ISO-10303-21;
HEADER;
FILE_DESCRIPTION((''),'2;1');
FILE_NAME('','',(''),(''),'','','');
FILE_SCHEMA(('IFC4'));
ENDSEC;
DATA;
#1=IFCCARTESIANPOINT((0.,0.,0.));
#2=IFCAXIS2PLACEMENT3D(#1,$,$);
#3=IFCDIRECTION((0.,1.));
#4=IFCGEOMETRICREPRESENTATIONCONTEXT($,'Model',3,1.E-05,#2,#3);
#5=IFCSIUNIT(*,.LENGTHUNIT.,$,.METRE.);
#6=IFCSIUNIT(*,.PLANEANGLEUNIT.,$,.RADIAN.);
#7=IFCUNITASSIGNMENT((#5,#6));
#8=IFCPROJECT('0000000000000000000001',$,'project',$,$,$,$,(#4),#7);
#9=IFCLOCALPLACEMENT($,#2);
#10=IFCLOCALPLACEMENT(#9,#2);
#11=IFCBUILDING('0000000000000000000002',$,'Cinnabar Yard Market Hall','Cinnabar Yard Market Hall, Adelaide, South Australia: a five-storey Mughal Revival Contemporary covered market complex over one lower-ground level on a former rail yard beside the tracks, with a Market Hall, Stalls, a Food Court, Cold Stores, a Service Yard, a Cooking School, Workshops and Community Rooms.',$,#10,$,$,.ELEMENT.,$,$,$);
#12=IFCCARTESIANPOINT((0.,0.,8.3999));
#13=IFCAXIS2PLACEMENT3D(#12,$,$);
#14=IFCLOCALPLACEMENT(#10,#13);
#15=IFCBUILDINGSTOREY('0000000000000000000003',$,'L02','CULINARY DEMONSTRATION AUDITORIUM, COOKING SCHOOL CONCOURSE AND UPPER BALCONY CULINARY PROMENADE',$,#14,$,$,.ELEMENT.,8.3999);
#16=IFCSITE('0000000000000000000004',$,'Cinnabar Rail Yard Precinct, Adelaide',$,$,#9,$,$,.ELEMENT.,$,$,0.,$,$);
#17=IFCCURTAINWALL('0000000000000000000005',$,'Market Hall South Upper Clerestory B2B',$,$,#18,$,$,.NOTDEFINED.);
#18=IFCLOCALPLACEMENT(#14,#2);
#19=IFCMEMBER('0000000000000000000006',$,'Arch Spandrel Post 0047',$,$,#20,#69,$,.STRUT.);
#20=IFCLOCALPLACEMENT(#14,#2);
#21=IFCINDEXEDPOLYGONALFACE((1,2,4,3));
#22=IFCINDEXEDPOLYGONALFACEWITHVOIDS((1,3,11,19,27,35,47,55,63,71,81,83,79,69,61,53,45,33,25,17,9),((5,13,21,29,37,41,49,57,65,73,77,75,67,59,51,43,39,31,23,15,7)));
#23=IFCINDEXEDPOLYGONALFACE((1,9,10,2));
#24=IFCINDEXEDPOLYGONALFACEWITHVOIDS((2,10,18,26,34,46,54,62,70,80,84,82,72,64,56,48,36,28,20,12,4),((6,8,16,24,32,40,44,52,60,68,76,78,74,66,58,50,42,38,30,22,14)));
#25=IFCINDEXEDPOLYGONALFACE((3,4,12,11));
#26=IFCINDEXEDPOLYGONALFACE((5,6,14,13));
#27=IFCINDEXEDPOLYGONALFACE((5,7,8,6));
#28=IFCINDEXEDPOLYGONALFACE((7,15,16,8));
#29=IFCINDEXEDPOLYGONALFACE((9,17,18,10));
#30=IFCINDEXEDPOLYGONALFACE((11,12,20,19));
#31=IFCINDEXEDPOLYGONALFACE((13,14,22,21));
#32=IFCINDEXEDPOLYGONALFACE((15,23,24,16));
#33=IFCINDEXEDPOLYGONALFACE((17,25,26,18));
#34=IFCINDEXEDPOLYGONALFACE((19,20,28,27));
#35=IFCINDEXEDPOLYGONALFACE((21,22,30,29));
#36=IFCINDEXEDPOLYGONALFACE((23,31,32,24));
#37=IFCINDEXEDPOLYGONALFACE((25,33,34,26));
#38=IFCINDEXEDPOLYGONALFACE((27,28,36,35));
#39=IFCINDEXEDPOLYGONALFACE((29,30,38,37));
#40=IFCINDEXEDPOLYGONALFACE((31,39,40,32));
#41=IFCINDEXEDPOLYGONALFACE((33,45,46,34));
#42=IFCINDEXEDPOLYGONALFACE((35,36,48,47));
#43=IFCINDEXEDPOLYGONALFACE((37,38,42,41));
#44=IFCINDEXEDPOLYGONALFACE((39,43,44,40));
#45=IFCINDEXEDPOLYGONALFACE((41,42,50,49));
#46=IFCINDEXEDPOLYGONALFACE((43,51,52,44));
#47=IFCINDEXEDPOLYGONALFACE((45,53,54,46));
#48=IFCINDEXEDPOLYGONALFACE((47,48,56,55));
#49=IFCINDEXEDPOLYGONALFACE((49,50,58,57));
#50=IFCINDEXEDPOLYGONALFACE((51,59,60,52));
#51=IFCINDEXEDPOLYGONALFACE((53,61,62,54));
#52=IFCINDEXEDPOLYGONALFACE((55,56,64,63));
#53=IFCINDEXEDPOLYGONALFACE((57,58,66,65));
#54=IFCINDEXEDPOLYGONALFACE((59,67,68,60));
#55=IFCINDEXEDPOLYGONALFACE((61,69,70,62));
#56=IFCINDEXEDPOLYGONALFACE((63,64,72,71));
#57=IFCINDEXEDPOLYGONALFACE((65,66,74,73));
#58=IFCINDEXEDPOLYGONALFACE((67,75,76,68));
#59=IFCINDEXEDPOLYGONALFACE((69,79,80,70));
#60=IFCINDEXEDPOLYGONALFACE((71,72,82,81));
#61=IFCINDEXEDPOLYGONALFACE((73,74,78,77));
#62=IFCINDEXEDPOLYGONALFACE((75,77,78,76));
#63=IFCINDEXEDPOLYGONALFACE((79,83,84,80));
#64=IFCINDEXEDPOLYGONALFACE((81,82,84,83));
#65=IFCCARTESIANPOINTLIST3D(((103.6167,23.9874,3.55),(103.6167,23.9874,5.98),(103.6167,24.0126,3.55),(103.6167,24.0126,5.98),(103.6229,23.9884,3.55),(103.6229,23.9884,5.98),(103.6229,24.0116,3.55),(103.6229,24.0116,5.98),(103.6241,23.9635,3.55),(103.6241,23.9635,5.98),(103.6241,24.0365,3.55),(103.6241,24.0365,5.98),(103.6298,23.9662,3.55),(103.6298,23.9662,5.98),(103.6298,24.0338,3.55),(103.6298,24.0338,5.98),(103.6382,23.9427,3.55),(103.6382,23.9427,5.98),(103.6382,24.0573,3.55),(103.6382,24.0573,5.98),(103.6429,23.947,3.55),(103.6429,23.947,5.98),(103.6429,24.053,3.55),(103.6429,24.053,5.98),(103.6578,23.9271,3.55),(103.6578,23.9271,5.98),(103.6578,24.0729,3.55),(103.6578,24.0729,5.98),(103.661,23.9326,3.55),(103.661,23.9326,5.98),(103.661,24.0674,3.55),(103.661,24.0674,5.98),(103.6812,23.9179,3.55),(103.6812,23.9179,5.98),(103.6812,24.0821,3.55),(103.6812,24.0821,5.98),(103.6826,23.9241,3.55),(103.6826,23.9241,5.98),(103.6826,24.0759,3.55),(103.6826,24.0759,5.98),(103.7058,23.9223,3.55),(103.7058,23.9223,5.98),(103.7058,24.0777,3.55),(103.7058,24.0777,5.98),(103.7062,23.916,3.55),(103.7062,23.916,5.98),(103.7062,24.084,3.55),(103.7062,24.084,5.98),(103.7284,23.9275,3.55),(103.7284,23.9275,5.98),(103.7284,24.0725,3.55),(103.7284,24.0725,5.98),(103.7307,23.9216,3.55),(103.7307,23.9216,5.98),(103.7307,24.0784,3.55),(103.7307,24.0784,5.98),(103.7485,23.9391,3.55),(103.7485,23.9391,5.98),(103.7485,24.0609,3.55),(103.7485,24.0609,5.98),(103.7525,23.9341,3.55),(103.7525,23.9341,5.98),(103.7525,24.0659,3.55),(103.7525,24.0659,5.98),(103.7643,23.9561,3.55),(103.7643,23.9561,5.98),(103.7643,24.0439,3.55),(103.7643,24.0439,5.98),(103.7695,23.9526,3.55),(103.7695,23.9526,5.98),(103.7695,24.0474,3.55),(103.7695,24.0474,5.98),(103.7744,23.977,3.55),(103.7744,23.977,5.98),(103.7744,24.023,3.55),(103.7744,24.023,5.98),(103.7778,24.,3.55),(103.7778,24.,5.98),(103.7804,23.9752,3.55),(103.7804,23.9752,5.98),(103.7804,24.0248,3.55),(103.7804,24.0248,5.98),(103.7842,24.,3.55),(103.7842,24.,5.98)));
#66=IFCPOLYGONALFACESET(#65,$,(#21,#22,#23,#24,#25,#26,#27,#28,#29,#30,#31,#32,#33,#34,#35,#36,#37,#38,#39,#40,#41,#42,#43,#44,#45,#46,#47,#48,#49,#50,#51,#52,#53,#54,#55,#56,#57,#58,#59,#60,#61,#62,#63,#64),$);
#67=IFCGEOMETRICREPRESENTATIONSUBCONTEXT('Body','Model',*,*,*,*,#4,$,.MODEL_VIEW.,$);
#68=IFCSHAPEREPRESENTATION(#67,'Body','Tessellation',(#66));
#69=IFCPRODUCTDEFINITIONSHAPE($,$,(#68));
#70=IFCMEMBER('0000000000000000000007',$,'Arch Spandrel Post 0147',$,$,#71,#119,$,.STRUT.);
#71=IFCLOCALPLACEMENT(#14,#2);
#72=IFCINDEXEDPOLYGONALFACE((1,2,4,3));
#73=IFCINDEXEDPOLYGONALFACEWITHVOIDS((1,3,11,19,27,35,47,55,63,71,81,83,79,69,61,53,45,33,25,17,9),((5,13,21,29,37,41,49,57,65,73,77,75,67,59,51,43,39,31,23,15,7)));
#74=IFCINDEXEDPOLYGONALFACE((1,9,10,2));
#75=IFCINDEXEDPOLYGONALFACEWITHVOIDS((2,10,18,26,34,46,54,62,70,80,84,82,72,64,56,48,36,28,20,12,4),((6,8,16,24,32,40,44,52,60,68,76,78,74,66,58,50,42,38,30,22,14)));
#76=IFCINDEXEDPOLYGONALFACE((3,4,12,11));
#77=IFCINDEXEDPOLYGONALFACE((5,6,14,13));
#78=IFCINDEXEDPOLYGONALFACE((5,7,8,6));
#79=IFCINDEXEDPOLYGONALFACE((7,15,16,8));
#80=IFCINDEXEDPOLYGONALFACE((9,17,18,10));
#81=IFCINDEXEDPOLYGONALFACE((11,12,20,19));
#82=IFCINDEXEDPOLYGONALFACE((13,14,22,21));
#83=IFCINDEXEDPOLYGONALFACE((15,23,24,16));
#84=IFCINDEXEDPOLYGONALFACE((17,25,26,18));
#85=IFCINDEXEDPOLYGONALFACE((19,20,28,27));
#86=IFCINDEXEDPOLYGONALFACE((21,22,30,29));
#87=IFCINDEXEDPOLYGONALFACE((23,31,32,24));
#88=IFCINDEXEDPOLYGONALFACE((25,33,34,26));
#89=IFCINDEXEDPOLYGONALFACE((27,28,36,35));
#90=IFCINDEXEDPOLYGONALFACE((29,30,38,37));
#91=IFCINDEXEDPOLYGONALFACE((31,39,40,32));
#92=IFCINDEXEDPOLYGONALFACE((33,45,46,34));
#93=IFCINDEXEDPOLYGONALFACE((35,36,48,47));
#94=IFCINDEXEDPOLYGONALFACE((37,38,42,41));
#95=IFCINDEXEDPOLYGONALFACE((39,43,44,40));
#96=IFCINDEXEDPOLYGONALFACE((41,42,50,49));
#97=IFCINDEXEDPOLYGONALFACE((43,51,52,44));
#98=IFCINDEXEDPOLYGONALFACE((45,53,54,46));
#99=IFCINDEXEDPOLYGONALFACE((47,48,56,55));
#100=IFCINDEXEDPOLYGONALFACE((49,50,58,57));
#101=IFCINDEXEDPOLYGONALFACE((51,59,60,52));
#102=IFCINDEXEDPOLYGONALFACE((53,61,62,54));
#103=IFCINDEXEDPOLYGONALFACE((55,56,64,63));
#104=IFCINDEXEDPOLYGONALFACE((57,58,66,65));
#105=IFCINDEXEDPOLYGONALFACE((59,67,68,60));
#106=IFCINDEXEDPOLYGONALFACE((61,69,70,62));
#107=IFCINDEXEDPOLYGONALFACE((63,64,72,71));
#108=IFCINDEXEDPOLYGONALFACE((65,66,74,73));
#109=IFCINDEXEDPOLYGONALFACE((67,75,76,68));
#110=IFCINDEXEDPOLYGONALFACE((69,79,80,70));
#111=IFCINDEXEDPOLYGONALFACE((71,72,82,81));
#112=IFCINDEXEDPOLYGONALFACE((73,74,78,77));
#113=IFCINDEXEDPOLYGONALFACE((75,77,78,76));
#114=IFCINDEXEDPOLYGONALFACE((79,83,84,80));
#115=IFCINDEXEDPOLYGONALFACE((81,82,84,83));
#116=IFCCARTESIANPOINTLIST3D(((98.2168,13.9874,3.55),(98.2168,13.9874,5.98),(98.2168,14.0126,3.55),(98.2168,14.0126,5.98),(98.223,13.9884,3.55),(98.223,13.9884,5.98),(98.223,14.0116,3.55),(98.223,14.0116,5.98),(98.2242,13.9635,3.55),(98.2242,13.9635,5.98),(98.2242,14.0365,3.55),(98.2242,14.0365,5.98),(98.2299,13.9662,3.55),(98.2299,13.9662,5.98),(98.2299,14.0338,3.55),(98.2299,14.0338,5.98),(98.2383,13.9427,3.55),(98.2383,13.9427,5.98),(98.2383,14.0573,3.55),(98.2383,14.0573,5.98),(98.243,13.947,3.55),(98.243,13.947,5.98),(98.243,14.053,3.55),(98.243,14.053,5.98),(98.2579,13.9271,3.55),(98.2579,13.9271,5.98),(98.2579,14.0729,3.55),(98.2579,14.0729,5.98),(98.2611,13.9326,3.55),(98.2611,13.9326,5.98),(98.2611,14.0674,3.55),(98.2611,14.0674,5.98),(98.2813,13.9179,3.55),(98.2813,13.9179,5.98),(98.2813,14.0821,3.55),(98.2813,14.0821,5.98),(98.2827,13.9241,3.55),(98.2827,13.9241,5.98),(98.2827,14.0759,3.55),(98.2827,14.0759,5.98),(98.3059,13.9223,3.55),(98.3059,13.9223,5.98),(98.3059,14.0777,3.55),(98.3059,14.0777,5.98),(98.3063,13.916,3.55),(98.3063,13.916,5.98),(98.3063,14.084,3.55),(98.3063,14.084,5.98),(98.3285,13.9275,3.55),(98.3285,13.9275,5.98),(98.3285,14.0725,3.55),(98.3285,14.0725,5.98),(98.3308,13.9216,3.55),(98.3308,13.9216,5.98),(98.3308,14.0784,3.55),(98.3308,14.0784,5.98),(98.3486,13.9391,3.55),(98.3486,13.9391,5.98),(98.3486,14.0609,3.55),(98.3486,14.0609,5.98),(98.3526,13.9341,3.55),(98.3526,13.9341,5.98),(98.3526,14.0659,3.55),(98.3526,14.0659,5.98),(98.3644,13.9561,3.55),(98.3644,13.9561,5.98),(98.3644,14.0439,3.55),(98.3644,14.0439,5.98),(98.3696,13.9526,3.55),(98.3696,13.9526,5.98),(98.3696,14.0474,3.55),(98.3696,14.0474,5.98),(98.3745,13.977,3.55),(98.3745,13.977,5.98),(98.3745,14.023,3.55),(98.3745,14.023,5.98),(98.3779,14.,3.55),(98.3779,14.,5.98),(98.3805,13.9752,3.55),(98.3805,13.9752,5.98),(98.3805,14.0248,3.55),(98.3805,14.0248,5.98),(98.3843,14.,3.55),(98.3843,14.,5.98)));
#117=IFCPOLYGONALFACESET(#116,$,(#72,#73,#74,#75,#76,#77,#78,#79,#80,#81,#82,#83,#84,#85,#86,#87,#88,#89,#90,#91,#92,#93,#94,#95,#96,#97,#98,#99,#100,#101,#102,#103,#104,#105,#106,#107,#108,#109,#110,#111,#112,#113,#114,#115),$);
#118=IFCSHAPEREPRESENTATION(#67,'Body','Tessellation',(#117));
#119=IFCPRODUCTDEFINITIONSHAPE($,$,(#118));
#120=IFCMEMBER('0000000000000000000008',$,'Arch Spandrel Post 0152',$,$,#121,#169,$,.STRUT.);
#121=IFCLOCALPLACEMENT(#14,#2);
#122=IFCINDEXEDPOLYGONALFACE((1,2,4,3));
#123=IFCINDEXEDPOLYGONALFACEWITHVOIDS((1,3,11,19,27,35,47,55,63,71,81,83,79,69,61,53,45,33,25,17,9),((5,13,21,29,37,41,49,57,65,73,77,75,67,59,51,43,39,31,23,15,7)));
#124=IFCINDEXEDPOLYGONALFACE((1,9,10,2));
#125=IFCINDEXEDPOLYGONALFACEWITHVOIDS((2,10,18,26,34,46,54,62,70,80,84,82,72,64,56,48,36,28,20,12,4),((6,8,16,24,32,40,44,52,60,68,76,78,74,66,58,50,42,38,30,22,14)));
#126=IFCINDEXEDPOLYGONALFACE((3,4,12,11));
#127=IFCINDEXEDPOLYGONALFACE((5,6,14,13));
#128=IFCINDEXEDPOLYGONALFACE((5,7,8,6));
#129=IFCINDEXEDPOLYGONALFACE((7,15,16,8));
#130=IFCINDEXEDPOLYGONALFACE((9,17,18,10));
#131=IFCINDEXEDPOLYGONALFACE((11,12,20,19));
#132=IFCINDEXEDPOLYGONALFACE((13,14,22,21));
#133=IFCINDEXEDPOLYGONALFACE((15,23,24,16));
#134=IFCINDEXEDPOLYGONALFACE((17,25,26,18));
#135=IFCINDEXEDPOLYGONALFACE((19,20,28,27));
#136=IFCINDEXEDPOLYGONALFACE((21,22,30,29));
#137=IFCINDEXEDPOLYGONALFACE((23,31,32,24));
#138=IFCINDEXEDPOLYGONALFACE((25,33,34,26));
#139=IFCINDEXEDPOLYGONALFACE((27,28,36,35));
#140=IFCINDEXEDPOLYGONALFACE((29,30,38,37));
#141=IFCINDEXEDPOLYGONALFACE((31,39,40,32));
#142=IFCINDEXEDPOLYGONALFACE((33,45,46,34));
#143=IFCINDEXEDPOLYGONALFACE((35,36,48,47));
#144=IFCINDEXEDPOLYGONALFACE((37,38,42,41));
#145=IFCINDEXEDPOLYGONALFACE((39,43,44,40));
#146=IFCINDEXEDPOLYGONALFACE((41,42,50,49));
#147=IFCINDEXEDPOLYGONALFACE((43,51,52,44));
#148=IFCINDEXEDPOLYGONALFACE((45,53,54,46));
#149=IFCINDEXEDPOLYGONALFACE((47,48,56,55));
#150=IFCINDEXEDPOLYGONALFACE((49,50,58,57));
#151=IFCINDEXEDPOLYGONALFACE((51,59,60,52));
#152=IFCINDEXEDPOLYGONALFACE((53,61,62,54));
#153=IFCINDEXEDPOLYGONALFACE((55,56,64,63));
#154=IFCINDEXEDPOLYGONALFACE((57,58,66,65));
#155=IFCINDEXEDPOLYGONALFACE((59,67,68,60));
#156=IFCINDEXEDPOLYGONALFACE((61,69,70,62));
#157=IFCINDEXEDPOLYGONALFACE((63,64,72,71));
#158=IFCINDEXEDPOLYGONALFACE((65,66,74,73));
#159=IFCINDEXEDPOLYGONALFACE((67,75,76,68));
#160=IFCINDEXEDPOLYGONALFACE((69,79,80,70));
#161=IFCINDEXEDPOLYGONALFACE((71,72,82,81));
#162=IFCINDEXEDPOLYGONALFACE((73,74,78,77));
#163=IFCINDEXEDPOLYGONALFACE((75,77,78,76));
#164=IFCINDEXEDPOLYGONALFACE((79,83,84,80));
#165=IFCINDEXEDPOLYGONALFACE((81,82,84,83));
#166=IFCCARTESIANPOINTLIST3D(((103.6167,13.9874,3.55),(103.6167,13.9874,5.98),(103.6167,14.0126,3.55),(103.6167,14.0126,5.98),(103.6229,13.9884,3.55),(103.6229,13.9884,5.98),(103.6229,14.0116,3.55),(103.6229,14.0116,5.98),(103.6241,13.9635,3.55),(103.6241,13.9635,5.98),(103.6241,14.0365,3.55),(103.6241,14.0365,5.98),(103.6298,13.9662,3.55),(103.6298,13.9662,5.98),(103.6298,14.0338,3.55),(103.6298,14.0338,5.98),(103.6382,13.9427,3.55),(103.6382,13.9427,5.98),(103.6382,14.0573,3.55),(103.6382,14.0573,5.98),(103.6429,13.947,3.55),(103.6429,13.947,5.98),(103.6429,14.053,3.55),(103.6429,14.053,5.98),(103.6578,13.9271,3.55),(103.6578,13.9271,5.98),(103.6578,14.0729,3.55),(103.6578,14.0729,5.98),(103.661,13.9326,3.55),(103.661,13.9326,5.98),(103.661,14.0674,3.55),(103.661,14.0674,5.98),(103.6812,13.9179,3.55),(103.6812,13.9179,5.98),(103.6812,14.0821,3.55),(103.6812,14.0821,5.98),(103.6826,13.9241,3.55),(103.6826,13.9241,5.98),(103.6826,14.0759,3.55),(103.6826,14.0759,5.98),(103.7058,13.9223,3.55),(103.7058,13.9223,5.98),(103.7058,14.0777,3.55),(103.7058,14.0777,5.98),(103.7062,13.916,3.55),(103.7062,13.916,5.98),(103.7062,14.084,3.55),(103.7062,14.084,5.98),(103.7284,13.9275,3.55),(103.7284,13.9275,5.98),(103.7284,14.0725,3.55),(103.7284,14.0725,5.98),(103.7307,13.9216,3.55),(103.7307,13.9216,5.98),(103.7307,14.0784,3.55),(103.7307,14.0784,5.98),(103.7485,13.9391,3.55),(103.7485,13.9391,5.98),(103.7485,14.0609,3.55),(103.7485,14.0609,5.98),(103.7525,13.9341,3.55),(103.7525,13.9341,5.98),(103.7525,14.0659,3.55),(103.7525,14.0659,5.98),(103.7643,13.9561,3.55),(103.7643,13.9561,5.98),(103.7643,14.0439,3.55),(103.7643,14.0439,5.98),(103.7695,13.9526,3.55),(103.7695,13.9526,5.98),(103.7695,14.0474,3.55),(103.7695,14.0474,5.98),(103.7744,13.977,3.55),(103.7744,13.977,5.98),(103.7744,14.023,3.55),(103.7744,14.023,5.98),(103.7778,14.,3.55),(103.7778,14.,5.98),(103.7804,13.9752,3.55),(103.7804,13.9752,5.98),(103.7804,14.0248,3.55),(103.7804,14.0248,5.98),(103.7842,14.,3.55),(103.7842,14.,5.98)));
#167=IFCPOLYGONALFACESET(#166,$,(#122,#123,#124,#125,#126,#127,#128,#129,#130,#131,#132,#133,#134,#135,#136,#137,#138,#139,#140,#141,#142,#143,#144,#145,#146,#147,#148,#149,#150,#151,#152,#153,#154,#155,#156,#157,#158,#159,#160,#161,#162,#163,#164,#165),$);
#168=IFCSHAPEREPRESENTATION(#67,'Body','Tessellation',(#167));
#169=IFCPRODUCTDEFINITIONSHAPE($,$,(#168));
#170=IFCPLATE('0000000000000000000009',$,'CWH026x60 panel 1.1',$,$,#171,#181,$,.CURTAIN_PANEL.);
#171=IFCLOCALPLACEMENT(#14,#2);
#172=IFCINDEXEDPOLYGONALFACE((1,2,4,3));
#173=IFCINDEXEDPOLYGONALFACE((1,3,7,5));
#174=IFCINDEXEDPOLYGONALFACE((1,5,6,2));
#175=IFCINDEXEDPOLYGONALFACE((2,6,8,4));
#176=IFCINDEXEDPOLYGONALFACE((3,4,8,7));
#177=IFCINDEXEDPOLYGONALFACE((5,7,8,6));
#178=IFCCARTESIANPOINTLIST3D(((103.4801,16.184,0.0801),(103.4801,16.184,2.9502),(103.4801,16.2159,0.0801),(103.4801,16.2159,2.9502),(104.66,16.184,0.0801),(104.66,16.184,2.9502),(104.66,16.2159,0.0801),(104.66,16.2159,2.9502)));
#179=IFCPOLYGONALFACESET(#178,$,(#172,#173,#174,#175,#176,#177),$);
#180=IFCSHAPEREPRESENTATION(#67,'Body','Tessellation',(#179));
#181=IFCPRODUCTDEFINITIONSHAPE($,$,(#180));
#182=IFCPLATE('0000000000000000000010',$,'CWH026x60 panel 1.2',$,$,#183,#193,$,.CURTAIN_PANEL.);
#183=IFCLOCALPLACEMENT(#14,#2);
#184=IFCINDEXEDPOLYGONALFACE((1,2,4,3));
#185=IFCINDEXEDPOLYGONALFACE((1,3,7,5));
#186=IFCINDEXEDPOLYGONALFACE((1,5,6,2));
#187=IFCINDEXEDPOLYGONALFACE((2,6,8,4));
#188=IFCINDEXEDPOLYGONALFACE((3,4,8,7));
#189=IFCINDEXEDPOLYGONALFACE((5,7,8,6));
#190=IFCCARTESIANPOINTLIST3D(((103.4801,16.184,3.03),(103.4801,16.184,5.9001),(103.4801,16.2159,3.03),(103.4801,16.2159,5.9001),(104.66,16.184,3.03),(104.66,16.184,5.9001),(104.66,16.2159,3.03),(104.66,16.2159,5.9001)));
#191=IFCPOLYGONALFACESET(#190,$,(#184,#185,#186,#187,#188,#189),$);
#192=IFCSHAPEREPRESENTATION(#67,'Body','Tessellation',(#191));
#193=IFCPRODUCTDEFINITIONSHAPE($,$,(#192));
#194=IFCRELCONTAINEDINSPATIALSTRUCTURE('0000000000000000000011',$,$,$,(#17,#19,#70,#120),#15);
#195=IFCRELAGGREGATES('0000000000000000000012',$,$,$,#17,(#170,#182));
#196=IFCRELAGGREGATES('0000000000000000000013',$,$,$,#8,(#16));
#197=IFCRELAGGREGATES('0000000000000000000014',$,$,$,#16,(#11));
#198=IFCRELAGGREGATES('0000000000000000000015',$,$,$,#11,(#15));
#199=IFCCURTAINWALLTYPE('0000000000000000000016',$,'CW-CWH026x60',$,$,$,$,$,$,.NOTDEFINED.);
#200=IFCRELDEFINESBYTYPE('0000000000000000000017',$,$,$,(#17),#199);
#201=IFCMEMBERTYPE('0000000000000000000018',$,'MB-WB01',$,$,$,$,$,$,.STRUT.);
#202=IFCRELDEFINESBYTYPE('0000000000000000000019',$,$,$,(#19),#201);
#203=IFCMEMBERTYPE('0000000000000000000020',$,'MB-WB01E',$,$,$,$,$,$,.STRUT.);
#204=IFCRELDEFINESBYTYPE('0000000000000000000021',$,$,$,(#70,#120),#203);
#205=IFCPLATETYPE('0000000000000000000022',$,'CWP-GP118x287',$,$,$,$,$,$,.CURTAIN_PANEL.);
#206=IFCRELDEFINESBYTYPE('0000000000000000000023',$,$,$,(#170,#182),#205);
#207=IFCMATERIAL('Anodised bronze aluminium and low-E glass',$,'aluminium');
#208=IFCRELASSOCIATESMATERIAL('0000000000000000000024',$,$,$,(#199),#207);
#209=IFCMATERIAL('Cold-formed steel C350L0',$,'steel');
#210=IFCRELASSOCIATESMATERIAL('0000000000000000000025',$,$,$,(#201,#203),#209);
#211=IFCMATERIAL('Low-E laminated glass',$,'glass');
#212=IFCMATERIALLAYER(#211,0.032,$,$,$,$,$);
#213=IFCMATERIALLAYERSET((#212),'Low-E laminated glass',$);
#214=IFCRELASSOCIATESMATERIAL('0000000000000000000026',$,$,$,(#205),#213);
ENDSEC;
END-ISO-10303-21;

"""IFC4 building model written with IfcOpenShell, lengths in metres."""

from ifc_helpers import new_model, si_unit, direction, frame, origin, origin_2d_with_axis, place, context, subcontext, project, spatial, rectangle, hollow_circle, extrude, material, layer, layer_set, material_profile, profile_set, type_object, element, aggregate, save


model = new_model("IFC4")

# Units and contexts
model_context = context("Model", 3, precision=1e-05, world=origin(), true_north=direction((0.0, 1.0)))
body_context = subcontext(model_context, "Body", "Model", "MODEL_VIEW")
ifc_project = project(units=[si_unit("LENGTHUNIT", "METRE"), si_unit("PLANEANGLEUNIT", "RADIAN")], contexts=[model_context])

# Site, building, storey
site_placement = place(None, origin())
site = spatial("IfcSite", under=ifc_project, at=site_placement, Name="Cinnabar Rail Yard Precinct, Adelaide", CompositionType="ELEMENT", RefElevation=0.0)
building_placement = place(site_placement, origin())
building = spatial("IfcBuilding", under=site, at=building_placement, Name="Cinnabar Yard Market Hall", Description="Cinnabar Yard Market Hall, Adelaide, South Australia: a five-storey Mughal Revival Contemporary covered market complex over one lower-ground level on a former rail yard beside the tracks, with a Market Hall, Stalls, a Food Court, Cold Stores, a Service Yard, a Cooking School, Workshops and Community Rooms.", CompositionType="ELEMENT")
storey_placement = place(building_placement, frame((0.0, 0.0, 8.3999)))
storey = spatial("IfcBuildingStorey", under=building, at=storey_placement, Name="L02", Description="CULINARY DEMONSTRATION AUDITORIUM, COOKING SCHOOL CONCOURSE AND UPPER BALCONY CULINARY PROMENADE", CompositionType="ELEMENT", Elevation=8.3999)

# Curtain wall
ifc_material_1 = material(Name="Anodised bronze aluminium and low-E glass", Category="aluminium")
curtain_wall_type_1 = type_object("IfcCurtainWallType", Name="CW-CWH026x60", PredefinedType="NOTDEFINED", material=ifc_material_1)
curtain_wall_1_placement = place(storey_placement, origin())
curtain_wall_1 = element("IfcCurtainWall", 1, at=curtain_wall_1_placement, inside=storey, type_object=curtain_wall_type_1, Name="Market Hall South Upper Clerestory B2B", PredefinedType="NOTDEFINED")

# Members
ifc_material_2 = material(Name="Cold-formed steel C350L0", Category="steel")
ifc_material_profile_1 = material_profile(ifc_material_2, hollow_circle(Radius=0.0842, WallThickness=0.0063, at=origin_2d_with_axis()), Name="168.3x6.4CHS")
ifc_profile_set_1 = profile_set([ifc_material_profile_1], Name="Cold-formed steel C350L0")
member_type_1 = type_object("IfcMemberType", Name="MB-WB01", PredefinedType="STRUT", material=ifc_profile_set_1)
for number, where, z_axis, x_axis, name in (
    (2, (103.7, 24.0, 3.55), (0.0, 0.0, 1.0), (1.0, 0.0, 0.0), "Arch Spandrel Post 0047"),
):
    element("IfcMember", number, at=place(storey_placement, frame(where, z_axis=z_axis, x_axis=x_axis)), inside=storey, type_object=member_type_1, Name=name, PredefinedType="STRUT", context=body_context, shape_type="SweptSolid", body=[
        extrude(hollow_circle(Radius=0.0842, WallThickness=0.0063, at=origin_2d_with_axis()), origin(), (0.0, 0.0, 1.0), 2.4299),
    ])
ifc_material_profile_2 = material_profile(ifc_material_2, hollow_circle(Radius=0.0842, WallThickness=0.0063, at=origin_2d_with_axis()), Name="168.3x6.4CHS")
ifc_profile_set_2 = profile_set([ifc_material_profile_2], Name="Cold-formed steel C350L0")
member_type_2 = type_object("IfcMemberType", Name="MB-WB01E", PredefinedType="STRUT", material=ifc_profile_set_2)
for number, where, z_axis, x_axis, name in (
    (3, (98.3, 14.0, 3.55), (0.0, 0.0, 1.0), (1.0, 0.0, 0.0), "Arch Spandrel Post 0147"),
    (4, (103.7, 14.0, 3.55), (0.0, 0.0, 1.0), (1.0, 0.0, 0.0), "Arch Spandrel Post 0152"),
):
    element("IfcMember", number, at=place(storey_placement, frame(where, z_axis=z_axis, x_axis=x_axis)), inside=storey, type_object=member_type_2, Name=name, PredefinedType="STRUT", context=body_context, shape_type="SweptSolid", body=[
        extrude(hollow_circle(Radius=0.0842, WallThickness=0.0063, at=origin_2d_with_axis()), origin(), (0.0, 0.0, 1.0), 2.4299),
    ])

# Plates
ifc_material_3 = material(Name="Low-E laminated glass", Category="glass")
ifc_layer_1 = layer(ifc_material_3, 0.032)
ifc_layer_set_1 = layer_set([ifc_layer_1], Name="Low-E laminated glass")
plate_type_1 = type_object("IfcPlateType", Name="CWP-GP118x287", PredefinedType="CURTAIN_PANEL", material=ifc_layer_set_1)
plate_1_placement = place(storey_placement, frame((104.0701, 16.2, 0.0801), z_axis=(0.0, 0.0, 1.0), x_axis=(1.0, 0.0, 0.0)))
plate_1 = element("IfcPlate", 5, at=plate_1_placement, type_object=plate_type_1, Name="CWH026x60 panel 1.1", PredefinedType="CURTAIN_PANEL", context=body_context, shape_type="SweptSolid", body=[
    extrude(rectangle(XDim=1.1799, YDim=0.032, at=origin_2d_with_axis()), origin(), (0.0, 0.0, 1.0), 2.8701),
])
plate_2_placement = place(storey_placement, frame((104.0701, 16.2, 3.03), z_axis=(0.0, 0.0, 1.0), x_axis=(1.0, 0.0, 0.0)))
plate_2 = element("IfcPlate", 6, at=plate_2_placement, type_object=plate_type_1, Name="CWH026x60 panel 1.2", PredefinedType="CURTAIN_PANEL", context=body_context, shape_type="SweptSolid", body=[
    extrude(rectangle(XDim=1.1799, YDim=0.032, at=origin_2d_with_axis()), origin(), (0.0, 0.0, 1.0), 2.8701),
])
aggregate(curtain_wall_1, [plate_1, plate_2])

save(model, "model.ifc")
